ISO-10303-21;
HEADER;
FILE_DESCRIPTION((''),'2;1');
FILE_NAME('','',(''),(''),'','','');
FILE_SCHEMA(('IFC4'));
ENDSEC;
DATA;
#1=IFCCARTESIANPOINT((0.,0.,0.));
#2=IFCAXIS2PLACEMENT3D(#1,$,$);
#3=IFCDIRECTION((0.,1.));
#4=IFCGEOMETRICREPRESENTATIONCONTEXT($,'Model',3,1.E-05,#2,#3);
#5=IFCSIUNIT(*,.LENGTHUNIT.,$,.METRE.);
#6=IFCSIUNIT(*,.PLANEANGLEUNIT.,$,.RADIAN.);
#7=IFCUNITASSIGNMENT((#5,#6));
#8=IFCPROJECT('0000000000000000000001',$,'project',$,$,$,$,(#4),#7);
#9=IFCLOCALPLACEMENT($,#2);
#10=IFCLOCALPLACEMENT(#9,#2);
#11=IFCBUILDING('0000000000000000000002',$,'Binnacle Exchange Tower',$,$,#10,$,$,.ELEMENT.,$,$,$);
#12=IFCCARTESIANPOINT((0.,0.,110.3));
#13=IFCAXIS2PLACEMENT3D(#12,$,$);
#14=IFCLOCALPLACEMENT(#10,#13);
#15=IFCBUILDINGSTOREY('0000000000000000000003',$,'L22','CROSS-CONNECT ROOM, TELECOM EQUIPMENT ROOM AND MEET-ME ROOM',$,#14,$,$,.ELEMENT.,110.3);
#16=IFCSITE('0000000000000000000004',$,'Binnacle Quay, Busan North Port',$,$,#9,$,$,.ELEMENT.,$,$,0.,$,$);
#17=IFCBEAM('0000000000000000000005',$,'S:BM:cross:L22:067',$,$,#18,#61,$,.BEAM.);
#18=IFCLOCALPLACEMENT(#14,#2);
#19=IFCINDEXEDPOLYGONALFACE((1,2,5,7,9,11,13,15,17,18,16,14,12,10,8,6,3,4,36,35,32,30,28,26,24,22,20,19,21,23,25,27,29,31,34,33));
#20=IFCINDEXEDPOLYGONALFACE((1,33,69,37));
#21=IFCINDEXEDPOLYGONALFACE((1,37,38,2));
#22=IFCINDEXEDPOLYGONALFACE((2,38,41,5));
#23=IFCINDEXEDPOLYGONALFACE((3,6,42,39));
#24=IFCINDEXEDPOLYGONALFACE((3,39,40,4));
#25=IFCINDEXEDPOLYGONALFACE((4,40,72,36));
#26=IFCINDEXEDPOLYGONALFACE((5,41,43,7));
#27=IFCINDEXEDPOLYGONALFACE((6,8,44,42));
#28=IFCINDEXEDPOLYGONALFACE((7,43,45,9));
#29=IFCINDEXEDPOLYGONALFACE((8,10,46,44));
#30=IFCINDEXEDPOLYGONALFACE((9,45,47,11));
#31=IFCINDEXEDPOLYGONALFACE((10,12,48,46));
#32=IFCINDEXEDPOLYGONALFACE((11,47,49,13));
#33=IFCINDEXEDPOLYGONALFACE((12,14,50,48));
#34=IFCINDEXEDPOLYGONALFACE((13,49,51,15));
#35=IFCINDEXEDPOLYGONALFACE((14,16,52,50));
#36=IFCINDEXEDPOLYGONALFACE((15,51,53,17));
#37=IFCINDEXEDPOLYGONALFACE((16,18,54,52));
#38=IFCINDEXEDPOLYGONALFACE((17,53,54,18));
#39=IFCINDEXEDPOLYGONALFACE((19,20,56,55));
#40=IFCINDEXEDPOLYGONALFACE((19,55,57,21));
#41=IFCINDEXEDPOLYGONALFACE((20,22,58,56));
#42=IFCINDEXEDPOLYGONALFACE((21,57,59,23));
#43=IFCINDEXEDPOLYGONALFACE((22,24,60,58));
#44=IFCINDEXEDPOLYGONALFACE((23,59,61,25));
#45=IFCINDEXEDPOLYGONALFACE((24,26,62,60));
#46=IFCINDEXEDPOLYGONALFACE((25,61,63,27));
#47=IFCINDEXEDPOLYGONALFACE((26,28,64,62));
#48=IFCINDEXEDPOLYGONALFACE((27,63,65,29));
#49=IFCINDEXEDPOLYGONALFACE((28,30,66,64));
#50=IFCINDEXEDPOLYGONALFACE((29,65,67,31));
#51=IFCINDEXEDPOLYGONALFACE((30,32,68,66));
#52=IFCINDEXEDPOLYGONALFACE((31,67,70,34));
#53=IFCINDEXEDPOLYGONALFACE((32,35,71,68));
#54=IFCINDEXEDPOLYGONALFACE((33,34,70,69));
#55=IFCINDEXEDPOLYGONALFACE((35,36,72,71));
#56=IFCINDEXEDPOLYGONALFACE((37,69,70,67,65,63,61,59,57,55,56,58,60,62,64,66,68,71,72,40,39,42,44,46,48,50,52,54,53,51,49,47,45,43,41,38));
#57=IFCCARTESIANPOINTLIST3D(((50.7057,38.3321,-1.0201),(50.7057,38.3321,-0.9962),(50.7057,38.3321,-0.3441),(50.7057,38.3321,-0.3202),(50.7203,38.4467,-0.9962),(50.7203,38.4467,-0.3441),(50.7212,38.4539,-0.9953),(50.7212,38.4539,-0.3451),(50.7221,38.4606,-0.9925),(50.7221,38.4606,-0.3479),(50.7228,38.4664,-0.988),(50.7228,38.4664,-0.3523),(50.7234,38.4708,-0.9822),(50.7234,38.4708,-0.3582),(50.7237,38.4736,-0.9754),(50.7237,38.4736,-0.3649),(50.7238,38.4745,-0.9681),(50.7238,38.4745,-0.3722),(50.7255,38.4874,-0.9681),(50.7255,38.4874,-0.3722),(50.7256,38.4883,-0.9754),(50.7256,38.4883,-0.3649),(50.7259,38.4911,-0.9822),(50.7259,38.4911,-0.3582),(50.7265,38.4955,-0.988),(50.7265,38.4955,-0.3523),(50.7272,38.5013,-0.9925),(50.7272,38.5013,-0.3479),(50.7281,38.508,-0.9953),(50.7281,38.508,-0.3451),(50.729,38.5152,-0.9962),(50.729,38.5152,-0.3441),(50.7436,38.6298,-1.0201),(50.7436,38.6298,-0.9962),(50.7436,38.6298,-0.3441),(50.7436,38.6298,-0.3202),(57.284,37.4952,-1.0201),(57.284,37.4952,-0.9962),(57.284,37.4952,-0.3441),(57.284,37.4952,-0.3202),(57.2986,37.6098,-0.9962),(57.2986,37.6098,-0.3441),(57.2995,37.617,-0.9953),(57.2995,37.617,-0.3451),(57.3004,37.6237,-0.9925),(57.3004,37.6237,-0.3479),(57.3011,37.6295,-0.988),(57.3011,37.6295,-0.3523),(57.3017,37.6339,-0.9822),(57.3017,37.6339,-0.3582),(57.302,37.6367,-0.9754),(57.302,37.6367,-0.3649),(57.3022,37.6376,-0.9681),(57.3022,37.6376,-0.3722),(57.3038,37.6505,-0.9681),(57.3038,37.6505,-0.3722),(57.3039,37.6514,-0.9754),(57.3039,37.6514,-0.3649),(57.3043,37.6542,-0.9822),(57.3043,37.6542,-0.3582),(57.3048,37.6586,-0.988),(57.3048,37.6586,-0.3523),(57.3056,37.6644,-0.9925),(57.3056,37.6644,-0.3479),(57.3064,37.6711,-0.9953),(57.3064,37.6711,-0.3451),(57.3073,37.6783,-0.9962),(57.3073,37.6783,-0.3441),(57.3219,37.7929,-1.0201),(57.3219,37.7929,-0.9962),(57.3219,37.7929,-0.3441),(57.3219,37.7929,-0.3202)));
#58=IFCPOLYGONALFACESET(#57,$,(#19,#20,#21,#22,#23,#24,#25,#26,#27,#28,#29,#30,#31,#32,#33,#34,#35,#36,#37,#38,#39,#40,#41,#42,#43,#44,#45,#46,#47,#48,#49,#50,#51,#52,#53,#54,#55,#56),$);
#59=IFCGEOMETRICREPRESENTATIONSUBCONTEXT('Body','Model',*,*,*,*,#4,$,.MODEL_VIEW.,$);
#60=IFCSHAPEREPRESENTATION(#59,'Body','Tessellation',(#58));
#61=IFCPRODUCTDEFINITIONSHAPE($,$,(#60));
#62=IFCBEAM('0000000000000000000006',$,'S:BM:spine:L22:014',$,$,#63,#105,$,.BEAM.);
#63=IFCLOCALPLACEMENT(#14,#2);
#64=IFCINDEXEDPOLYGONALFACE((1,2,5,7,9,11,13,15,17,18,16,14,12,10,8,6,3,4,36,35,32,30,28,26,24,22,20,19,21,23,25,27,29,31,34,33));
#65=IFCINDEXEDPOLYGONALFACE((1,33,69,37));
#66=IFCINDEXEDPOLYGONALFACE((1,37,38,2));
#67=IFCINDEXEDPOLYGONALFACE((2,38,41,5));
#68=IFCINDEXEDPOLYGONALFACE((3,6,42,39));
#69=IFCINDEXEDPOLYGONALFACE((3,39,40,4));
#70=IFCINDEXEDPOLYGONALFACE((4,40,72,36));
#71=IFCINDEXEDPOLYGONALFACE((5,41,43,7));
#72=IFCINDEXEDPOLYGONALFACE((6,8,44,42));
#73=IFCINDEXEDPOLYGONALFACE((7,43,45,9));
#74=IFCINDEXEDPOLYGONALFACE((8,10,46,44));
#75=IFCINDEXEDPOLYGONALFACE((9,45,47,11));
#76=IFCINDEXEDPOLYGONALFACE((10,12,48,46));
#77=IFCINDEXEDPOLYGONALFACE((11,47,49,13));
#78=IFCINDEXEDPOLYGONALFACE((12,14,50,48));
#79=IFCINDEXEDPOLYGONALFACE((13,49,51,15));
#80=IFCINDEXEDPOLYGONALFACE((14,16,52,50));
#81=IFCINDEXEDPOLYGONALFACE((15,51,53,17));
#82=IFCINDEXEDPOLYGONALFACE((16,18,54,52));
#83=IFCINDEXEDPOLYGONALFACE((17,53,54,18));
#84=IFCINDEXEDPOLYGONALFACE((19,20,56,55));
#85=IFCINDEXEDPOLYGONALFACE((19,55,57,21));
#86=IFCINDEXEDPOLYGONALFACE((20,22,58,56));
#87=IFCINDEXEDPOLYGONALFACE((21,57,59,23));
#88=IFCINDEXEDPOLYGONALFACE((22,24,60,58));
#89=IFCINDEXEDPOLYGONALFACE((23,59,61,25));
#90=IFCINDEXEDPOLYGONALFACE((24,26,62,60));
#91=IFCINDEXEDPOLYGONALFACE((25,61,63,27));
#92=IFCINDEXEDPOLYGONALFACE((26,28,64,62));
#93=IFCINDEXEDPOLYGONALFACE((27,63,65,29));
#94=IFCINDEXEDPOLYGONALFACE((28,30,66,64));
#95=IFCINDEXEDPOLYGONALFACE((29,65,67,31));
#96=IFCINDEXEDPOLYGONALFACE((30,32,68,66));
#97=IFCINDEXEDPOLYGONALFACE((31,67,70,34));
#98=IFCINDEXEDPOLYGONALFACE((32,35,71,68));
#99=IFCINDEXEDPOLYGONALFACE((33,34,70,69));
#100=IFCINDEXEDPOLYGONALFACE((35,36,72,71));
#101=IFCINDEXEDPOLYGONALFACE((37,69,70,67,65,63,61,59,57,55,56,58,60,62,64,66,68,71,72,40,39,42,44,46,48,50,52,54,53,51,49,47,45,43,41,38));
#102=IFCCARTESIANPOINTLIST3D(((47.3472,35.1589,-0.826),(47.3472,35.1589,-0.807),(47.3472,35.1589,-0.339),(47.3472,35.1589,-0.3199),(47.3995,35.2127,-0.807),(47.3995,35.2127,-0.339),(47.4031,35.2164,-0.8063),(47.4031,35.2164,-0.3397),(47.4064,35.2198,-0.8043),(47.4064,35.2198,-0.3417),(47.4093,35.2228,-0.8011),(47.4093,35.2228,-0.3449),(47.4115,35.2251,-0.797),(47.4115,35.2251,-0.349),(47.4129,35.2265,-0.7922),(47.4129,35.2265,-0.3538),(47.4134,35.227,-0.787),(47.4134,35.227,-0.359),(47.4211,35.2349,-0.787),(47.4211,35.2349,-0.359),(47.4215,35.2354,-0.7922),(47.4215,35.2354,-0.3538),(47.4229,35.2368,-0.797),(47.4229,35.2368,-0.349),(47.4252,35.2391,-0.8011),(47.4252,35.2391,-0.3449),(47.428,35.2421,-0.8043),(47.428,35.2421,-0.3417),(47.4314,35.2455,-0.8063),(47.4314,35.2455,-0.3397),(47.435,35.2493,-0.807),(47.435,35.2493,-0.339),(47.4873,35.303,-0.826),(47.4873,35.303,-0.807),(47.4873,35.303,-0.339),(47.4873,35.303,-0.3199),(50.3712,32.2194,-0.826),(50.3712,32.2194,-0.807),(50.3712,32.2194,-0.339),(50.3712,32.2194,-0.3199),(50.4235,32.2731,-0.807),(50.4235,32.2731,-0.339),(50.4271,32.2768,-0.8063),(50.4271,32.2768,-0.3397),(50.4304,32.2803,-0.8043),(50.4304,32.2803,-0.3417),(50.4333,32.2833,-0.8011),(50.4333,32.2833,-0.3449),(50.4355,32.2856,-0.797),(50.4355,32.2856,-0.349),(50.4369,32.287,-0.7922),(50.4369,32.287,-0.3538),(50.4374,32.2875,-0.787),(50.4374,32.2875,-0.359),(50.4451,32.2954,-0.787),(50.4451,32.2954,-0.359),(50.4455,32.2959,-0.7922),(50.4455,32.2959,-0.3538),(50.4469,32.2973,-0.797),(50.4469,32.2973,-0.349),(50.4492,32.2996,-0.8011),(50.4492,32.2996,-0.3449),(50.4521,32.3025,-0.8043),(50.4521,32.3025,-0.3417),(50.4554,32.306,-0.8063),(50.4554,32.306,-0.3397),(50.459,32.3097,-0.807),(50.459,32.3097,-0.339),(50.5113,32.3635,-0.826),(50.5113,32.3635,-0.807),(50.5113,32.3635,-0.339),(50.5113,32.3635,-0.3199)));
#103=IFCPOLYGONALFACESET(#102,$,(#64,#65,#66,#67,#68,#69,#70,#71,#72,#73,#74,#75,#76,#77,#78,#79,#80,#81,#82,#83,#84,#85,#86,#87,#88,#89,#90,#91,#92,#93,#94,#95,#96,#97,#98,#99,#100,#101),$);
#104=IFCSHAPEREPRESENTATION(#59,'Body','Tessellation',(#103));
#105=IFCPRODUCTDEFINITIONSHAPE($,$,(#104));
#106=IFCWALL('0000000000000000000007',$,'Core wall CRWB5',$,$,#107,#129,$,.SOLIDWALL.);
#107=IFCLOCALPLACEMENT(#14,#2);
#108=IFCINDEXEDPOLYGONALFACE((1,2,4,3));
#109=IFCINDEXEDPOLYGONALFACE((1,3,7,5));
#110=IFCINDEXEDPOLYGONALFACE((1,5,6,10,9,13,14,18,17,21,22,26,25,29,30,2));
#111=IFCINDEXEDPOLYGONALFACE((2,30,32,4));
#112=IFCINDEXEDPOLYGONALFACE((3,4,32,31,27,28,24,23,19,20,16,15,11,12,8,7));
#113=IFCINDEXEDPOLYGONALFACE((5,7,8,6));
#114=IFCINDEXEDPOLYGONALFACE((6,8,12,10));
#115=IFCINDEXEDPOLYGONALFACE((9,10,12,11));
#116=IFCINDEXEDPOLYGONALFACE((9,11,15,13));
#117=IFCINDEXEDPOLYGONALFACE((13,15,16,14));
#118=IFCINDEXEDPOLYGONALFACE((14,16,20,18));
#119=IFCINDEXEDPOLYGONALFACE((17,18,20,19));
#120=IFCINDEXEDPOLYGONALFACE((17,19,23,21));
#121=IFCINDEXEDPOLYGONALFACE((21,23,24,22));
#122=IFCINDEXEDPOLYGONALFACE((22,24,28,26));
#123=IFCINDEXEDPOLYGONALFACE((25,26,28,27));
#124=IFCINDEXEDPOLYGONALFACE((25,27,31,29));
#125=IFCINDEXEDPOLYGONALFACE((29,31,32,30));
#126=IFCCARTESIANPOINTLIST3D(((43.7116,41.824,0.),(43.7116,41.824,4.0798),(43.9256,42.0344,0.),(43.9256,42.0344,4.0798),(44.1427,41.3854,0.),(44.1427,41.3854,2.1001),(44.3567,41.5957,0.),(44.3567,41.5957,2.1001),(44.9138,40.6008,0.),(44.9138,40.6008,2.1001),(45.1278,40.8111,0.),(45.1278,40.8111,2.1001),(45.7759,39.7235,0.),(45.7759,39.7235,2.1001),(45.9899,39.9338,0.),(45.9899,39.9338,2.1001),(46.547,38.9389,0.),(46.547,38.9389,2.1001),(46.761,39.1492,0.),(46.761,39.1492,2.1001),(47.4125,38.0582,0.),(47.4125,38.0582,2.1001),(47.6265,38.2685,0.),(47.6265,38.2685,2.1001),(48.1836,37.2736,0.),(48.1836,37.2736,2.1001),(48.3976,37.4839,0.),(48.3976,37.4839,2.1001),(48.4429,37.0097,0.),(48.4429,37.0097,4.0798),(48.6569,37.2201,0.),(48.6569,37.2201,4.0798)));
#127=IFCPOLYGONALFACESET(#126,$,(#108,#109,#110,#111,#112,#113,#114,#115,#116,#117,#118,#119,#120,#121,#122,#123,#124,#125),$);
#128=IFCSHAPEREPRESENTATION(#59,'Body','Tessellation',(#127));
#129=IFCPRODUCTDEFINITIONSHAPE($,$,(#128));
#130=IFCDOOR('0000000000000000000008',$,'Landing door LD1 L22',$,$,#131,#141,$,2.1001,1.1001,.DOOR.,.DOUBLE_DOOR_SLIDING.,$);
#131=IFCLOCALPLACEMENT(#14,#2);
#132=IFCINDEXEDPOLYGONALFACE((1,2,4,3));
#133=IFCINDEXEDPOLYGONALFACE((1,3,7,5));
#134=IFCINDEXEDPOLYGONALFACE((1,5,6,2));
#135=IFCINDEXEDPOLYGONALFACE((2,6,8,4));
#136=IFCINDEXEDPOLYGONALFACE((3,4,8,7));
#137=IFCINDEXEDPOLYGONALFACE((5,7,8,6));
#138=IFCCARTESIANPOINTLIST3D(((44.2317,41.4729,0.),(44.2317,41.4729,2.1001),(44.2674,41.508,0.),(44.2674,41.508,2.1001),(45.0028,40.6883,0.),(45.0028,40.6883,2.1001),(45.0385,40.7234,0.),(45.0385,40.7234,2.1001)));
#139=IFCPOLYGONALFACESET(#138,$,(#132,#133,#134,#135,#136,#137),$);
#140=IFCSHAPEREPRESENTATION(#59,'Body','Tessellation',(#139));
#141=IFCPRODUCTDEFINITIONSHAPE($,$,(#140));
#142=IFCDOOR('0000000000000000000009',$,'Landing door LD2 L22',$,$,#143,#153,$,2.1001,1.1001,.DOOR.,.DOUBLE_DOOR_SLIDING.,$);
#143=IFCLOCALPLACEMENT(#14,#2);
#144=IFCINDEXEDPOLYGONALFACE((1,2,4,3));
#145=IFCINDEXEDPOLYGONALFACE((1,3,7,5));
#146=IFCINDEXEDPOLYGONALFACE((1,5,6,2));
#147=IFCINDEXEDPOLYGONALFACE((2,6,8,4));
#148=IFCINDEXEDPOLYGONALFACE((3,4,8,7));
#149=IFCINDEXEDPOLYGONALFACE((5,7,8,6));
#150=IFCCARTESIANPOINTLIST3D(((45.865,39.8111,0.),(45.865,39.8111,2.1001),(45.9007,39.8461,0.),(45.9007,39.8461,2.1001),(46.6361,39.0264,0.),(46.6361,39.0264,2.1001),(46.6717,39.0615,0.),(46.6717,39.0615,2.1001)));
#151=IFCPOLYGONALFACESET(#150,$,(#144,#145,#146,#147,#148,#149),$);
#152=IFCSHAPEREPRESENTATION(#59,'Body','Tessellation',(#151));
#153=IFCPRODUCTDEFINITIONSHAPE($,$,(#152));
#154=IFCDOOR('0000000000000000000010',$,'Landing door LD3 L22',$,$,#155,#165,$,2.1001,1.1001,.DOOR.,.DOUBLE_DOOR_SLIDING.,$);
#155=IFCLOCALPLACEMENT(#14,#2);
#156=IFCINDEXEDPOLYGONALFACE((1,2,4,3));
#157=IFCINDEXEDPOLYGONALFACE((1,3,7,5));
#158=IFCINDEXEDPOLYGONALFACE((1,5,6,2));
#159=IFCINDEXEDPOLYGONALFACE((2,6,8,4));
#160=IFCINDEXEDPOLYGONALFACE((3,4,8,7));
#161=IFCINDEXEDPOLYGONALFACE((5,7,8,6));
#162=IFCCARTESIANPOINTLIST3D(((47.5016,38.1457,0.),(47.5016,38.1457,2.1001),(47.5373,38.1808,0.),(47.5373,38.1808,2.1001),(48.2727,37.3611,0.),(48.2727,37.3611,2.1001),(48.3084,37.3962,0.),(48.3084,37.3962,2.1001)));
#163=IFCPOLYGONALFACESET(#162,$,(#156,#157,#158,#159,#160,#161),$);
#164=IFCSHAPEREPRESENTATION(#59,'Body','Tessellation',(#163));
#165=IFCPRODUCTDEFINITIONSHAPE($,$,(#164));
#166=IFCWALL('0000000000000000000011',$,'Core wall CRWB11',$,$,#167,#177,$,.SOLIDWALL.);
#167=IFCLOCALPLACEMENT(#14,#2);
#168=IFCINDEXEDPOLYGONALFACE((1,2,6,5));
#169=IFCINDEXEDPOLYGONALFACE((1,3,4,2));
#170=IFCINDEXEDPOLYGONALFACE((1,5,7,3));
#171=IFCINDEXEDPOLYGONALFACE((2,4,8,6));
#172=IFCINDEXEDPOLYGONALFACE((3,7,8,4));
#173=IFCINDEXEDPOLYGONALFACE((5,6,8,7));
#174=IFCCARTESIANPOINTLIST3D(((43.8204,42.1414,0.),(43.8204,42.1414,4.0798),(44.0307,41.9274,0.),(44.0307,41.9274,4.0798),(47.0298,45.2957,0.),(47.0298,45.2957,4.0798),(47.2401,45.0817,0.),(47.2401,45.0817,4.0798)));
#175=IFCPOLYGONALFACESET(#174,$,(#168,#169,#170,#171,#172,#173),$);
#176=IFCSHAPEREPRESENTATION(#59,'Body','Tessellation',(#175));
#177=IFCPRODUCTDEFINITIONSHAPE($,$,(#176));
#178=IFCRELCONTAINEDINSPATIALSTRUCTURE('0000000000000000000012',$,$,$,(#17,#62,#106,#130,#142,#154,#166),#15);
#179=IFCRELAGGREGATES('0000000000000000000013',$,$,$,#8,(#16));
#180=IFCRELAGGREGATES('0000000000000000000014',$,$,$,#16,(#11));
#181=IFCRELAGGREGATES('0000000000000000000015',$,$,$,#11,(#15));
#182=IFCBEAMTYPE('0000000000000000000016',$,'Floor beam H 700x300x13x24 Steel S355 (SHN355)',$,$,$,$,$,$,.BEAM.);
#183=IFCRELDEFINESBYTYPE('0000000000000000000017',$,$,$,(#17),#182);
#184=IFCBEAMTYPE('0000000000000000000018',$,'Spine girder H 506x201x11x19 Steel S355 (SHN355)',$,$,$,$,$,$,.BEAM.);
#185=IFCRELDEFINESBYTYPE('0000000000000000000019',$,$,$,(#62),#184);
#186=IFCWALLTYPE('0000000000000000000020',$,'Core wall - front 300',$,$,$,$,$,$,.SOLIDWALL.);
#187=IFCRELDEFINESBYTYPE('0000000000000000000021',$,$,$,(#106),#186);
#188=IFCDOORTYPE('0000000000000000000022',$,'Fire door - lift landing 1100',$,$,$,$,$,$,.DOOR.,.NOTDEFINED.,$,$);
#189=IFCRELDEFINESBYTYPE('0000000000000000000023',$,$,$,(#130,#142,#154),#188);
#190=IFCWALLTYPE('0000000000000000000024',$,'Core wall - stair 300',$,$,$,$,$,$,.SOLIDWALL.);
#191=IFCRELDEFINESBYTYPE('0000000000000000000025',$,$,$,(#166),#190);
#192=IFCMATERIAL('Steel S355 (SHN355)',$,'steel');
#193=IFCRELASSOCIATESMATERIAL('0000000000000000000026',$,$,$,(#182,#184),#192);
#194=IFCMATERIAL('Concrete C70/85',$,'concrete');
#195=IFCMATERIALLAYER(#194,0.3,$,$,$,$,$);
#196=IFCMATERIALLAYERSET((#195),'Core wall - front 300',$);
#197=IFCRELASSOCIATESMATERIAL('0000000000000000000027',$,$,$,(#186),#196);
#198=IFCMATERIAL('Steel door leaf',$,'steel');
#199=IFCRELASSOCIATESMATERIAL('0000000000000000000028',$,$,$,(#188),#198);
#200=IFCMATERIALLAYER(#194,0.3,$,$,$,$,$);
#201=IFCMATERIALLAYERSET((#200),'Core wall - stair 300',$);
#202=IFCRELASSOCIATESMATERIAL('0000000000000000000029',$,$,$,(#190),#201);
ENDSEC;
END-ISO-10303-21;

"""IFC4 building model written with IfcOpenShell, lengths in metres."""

from ifc_helpers import new_model, si_unit, direction, frame, frame_2d, origin, origin_2d, place, context, subcontext, project, spatial, rectangle, i_section, extrude, material, layer, layer_set, material_profile, profile_set, type_object, element, fill, save


model = new_model("IFC4")

# Units and contexts
model_context = context("Model", 3, precision=1e-05, world=origin(), true_north=direction((0.0, 1.0)))
body_context = subcontext(model_context, "Body", "Model", "MODEL_VIEW")
ifc_project = project(units=[si_unit("LENGTHUNIT", "METRE"), si_unit("PLANEANGLEUNIT", "RADIAN")], contexts=[model_context])

# Site, building, storey
site_placement = place(None, origin())
site = spatial("IfcSite", under=ifc_project, at=site_placement, Name="Binnacle Quay, Busan North Port", CompositionType="ELEMENT", RefElevation=0.0)
building_placement = place(site_placement, origin())
building = spatial("IfcBuilding", under=site, at=building_placement, Name="Binnacle Exchange Tower", CompositionType="ELEMENT")
storey_placement = place(building_placement, frame((0.0, 0.0, 110.3)))
storey = spatial("IfcBuildingStorey", under=building, at=storey_placement, Name="L22", Description="CROSS-CONNECT ROOM, TELECOM EQUIPMENT ROOM AND MEET-ME ROOM", CompositionType="ELEMENT", Elevation=110.3)

# Shared definitions
ifc_material_1 = material(Name="Concrete C70/85", Category="concrete")

# Beams
ifc_material_2 = material(Name="Steel S355 (SHN355)", Category="steel")
ifc_material_profile_1 = material_profile(ifc_material_2, i_section(OverallWidth=0.3, OverallDepth=0.7, WebThickness=0.0129, FlangeThickness=0.0239, FilletRadius=0.0281, at=origin_2d()), Name="H 700x300x13x24")
ifc_profile_set_1 = profile_set([ifc_material_profile_1], Name="Steel S355 (SHN355)")
beam_type_1 = type_object("IfcBeamType", Name="Floor beam H 700x300x13x24 Steel S355 (SHN355)", PredefinedType="BEAM", material=ifc_profile_set_1)
beam_1_placement = place(storey_placement, frame((57.303, 37.644, -0.6702), z_axis=(-0.992004, 0.126205, 0.0), x_axis=(-0.126205, -0.992004, 0.0)))
element("IfcBeam", 1, at=beam_1_placement, inside=storey, type_object=beam_type_1, Name="S:BM:cross:L22:067", PredefinedType="BEAM", context=body_context, shape_type="SweptSolid", body=[
    extrude(i_section(OverallWidth=0.3, OverallDepth=0.7, WebThickness=0.0129, FlangeThickness=0.0239, FilletRadius=0.0281, at=origin_2d()), origin(), (0.0, 0.0, 1.0), 6.6313),
])
ifc_material_profile_2 = material_profile(ifc_material_2, i_section(OverallWidth=0.2009, OverallDepth=0.5061, WebThickness=0.011, FlangeThickness=0.019, FilletRadius=0.02, at=origin_2d()), Name="H 506x201x11x19")
ifc_profile_set_2 = profile_set([ifc_material_profile_2], Name="Steel S355 (SHN355)")
beam_type_2 = type_object("IfcBeamType", Name="Spine girder H 506x201x11x19 Steel S355 (SHN355)", PredefinedType="BEAM", material=ifc_profile_set_2)
beam_2_placement = place(storey_placement, frame((47.4172, 35.231, -0.573), z_axis=(0.717051, -0.697021, 0.0), x_axis=(0.697021, 0.717051, 0.0)))
element("IfcBeam", 2, at=beam_2_placement, inside=storey, type_object=beam_type_2, Name="S:BM:spine:L22:014", PredefinedType="BEAM", context=body_context, shape_type="SweptSolid", body=[
    extrude(i_section(OverallWidth=0.2009, OverallDepth=0.5061, WebThickness=0.011, FlangeThickness=0.019, FilletRadius=0.02, at=origin_2d()), origin(), (0.0, 0.0, 1.0), 4.2173),
])

# Wall, openings, doors
ifc_layer_1 = layer(ifc_material_1, 0.3)
ifc_layer_set_1 = layer_set([ifc_layer_1], Name="Core wall - front 300")
wall_type_1 = type_object("IfcWallType", Name="Core wall - front 300", PredefinedType="SOLIDWALL", material=ifc_layer_set_1)
wall_1_placement = place(storey_placement, frame((43.8186, 41.9292, 0.0), z_axis=(0.0, 0.0, 1.0), x_axis=(0.700931, -0.713229, 0.0)))
wall_1 = element("IfcWall", 3, at=wall_1_placement, inside=storey, type_object=wall_type_1, Name="Core wall CRWB5", PredefinedType="SOLIDWALL", context=body_context, shape_type="SweptSolid", body=[
    extrude(rectangle(XDim=6.75, YDim=0.3, at=frame_2d((3.375, 0.0))), origin(), (0.0, 0.0, 1.0), 4.0798),
])
opening_1_placement = place(wall_1_placement, frame((0.615, 0.0, 0.0)))
opening_1 = element("IfcOpeningElement", 4, at=opening_1_placement, cuts=wall_1, PredefinedType="OPENING", context=body_context, shape_type="SweptSolid", body=[
    extrude(rectangle(XDim=1.1001, YDim=2.1001, at=frame_2d((0.55, 1.05))), frame((0.0, 0.1599, 0.0), z_axis=(0.0, -1.0, 0.0), x_axis=(1.0, 0.0, 0.0)), (0.0, 0.0, 1.0), 0.3201),
])
opening_2_placement = place(wall_1_placement, frame((2.9451, 0.0, 0.0)))
opening_2 = element("IfcOpeningElement", 5, at=opening_2_placement, cuts=wall_1, PredefinedType="OPENING", context=body_context, shape_type="SweptSolid", body=[
    extrude(rectangle(XDim=1.1001, YDim=2.1001, at=frame_2d((0.55, 1.05))), frame((0.0, 0.1599, 0.0), z_axis=(0.0, -1.0, 0.0), x_axis=(1.0, 0.0, 0.0)), (0.0, 0.0, 1.0), 0.3201),
])
opening_3_placement = place(wall_1_placement, frame((5.28, 0.0, 0.0)))
opening_3 = element("IfcOpeningElement", 6, at=opening_3_placement, cuts=wall_1, PredefinedType="OPENING", context=body_context, shape_type="SweptSolid", body=[
    extrude(rectangle(XDim=1.1001, YDim=2.1001, at=frame_2d((0.55, 1.05))), frame((0.0, 0.1599, 0.0), z_axis=(0.0, -1.0, 0.0), x_axis=(1.0, 0.0, 0.0)), (0.0, 0.0, 1.0), 0.3201),
])
ifc_material_3 = material(Name="Steel door leaf", Category="steel")
door_type_1 = type_object("IfcDoorType", Name="Fire door - lift landing 1100", OperationType="NOTDEFINED", PredefinedType="DOOR", material=ifc_material_3)
door_1_placement = place(opening_1_placement, origin())
door_1 = element("IfcDoor", 7, at=door_1_placement, inside=storey, type_object=door_type_1, Name="Landing door LD1 L22", OperationType="DOUBLE_DOOR_SLIDING", OverallHeight=2.1001, OverallWidth=1.1001, PredefinedType="DOOR", context=body_context, shape_type="SweptSolid", body=[
    extrude(rectangle(XDim=1.1001, YDim=2.1001, at=frame_2d((0.55, 1.05))), frame((0.0, 0.0249, 0.0), z_axis=(0.0, -1.0, 0.0), x_axis=(1.0, 0.0, 0.0)), (0.0, 0.0, 1.0), 0.05),
])
fill(opening_1, door_1)
door_2_placement = place(opening_2_placement, origin())
door_2 = element("IfcDoor", 8, at=door_2_placement, inside=storey, type_object=door_type_1, Name="Landing door LD2 L22", OperationType="DOUBLE_DOOR_SLIDING", OverallHeight=2.1001, OverallWidth=1.1001, PredefinedType="DOOR", context=body_context, shape_type="SweptSolid", body=[
    extrude(rectangle(XDim=1.1001, YDim=2.1001, at=frame_2d((0.55, 1.05))), frame((0.0, 0.0249, 0.0), z_axis=(0.0, -1.0, 0.0), x_axis=(1.0, 0.0, 0.0)), (0.0, 0.0, 1.0), 0.05),
])
fill(opening_2, door_2)
door_3_placement = place(opening_3_placement, origin())
door_3 = element("IfcDoor", 9, at=door_3_placement, inside=storey, type_object=door_type_1, Name="Landing door LD3 L22", OperationType="DOUBLE_DOOR_SLIDING", OverallHeight=2.1001, OverallWidth=1.1001, PredefinedType="DOOR", context=body_context, shape_type="SweptSolid", body=[
    extrude(rectangle(XDim=1.1001, YDim=2.1001, at=frame_2d((0.55, 1.05))), frame((0.0, 0.0249, 0.0), z_axis=(0.0, -1.0, 0.0), x_axis=(1.0, 0.0, 0.0)), (0.0, 0.0, 1.0), 0.05),
])
fill(opening_3, door_3)

# Wall
ifc_layer_2 = layer(ifc_material_1, 0.3)
ifc_layer_set_2 = layer_set([ifc_layer_2], Name="Core wall - stair 300")
wall_type_2 = type_object("IfcWallType", Name="Core wall - stair 300", PredefinedType="SOLIDWALL", material=ifc_layer_set_2)
wall_2_placement = place(storey_placement, frame((43.9255, 42.0344, 0.0), z_axis=(0.0, 0.0, 1.0), x_axis=(0.713211, 0.70095, 0.0)))
element("IfcWall", 10, at=wall_2_placement, inside=storey, type_object=wall_type_2, Name="Core wall CRWB11", PredefinedType="SOLIDWALL", context=body_context, shape_type="SweptSolid", body=[
    extrude(rectangle(XDim=4.5, YDim=0.3, at=frame_2d((2.25, 0.0))), origin(), (0.0, 0.0, 1.0), 4.0798),
])

save(model, "model.ifc")
